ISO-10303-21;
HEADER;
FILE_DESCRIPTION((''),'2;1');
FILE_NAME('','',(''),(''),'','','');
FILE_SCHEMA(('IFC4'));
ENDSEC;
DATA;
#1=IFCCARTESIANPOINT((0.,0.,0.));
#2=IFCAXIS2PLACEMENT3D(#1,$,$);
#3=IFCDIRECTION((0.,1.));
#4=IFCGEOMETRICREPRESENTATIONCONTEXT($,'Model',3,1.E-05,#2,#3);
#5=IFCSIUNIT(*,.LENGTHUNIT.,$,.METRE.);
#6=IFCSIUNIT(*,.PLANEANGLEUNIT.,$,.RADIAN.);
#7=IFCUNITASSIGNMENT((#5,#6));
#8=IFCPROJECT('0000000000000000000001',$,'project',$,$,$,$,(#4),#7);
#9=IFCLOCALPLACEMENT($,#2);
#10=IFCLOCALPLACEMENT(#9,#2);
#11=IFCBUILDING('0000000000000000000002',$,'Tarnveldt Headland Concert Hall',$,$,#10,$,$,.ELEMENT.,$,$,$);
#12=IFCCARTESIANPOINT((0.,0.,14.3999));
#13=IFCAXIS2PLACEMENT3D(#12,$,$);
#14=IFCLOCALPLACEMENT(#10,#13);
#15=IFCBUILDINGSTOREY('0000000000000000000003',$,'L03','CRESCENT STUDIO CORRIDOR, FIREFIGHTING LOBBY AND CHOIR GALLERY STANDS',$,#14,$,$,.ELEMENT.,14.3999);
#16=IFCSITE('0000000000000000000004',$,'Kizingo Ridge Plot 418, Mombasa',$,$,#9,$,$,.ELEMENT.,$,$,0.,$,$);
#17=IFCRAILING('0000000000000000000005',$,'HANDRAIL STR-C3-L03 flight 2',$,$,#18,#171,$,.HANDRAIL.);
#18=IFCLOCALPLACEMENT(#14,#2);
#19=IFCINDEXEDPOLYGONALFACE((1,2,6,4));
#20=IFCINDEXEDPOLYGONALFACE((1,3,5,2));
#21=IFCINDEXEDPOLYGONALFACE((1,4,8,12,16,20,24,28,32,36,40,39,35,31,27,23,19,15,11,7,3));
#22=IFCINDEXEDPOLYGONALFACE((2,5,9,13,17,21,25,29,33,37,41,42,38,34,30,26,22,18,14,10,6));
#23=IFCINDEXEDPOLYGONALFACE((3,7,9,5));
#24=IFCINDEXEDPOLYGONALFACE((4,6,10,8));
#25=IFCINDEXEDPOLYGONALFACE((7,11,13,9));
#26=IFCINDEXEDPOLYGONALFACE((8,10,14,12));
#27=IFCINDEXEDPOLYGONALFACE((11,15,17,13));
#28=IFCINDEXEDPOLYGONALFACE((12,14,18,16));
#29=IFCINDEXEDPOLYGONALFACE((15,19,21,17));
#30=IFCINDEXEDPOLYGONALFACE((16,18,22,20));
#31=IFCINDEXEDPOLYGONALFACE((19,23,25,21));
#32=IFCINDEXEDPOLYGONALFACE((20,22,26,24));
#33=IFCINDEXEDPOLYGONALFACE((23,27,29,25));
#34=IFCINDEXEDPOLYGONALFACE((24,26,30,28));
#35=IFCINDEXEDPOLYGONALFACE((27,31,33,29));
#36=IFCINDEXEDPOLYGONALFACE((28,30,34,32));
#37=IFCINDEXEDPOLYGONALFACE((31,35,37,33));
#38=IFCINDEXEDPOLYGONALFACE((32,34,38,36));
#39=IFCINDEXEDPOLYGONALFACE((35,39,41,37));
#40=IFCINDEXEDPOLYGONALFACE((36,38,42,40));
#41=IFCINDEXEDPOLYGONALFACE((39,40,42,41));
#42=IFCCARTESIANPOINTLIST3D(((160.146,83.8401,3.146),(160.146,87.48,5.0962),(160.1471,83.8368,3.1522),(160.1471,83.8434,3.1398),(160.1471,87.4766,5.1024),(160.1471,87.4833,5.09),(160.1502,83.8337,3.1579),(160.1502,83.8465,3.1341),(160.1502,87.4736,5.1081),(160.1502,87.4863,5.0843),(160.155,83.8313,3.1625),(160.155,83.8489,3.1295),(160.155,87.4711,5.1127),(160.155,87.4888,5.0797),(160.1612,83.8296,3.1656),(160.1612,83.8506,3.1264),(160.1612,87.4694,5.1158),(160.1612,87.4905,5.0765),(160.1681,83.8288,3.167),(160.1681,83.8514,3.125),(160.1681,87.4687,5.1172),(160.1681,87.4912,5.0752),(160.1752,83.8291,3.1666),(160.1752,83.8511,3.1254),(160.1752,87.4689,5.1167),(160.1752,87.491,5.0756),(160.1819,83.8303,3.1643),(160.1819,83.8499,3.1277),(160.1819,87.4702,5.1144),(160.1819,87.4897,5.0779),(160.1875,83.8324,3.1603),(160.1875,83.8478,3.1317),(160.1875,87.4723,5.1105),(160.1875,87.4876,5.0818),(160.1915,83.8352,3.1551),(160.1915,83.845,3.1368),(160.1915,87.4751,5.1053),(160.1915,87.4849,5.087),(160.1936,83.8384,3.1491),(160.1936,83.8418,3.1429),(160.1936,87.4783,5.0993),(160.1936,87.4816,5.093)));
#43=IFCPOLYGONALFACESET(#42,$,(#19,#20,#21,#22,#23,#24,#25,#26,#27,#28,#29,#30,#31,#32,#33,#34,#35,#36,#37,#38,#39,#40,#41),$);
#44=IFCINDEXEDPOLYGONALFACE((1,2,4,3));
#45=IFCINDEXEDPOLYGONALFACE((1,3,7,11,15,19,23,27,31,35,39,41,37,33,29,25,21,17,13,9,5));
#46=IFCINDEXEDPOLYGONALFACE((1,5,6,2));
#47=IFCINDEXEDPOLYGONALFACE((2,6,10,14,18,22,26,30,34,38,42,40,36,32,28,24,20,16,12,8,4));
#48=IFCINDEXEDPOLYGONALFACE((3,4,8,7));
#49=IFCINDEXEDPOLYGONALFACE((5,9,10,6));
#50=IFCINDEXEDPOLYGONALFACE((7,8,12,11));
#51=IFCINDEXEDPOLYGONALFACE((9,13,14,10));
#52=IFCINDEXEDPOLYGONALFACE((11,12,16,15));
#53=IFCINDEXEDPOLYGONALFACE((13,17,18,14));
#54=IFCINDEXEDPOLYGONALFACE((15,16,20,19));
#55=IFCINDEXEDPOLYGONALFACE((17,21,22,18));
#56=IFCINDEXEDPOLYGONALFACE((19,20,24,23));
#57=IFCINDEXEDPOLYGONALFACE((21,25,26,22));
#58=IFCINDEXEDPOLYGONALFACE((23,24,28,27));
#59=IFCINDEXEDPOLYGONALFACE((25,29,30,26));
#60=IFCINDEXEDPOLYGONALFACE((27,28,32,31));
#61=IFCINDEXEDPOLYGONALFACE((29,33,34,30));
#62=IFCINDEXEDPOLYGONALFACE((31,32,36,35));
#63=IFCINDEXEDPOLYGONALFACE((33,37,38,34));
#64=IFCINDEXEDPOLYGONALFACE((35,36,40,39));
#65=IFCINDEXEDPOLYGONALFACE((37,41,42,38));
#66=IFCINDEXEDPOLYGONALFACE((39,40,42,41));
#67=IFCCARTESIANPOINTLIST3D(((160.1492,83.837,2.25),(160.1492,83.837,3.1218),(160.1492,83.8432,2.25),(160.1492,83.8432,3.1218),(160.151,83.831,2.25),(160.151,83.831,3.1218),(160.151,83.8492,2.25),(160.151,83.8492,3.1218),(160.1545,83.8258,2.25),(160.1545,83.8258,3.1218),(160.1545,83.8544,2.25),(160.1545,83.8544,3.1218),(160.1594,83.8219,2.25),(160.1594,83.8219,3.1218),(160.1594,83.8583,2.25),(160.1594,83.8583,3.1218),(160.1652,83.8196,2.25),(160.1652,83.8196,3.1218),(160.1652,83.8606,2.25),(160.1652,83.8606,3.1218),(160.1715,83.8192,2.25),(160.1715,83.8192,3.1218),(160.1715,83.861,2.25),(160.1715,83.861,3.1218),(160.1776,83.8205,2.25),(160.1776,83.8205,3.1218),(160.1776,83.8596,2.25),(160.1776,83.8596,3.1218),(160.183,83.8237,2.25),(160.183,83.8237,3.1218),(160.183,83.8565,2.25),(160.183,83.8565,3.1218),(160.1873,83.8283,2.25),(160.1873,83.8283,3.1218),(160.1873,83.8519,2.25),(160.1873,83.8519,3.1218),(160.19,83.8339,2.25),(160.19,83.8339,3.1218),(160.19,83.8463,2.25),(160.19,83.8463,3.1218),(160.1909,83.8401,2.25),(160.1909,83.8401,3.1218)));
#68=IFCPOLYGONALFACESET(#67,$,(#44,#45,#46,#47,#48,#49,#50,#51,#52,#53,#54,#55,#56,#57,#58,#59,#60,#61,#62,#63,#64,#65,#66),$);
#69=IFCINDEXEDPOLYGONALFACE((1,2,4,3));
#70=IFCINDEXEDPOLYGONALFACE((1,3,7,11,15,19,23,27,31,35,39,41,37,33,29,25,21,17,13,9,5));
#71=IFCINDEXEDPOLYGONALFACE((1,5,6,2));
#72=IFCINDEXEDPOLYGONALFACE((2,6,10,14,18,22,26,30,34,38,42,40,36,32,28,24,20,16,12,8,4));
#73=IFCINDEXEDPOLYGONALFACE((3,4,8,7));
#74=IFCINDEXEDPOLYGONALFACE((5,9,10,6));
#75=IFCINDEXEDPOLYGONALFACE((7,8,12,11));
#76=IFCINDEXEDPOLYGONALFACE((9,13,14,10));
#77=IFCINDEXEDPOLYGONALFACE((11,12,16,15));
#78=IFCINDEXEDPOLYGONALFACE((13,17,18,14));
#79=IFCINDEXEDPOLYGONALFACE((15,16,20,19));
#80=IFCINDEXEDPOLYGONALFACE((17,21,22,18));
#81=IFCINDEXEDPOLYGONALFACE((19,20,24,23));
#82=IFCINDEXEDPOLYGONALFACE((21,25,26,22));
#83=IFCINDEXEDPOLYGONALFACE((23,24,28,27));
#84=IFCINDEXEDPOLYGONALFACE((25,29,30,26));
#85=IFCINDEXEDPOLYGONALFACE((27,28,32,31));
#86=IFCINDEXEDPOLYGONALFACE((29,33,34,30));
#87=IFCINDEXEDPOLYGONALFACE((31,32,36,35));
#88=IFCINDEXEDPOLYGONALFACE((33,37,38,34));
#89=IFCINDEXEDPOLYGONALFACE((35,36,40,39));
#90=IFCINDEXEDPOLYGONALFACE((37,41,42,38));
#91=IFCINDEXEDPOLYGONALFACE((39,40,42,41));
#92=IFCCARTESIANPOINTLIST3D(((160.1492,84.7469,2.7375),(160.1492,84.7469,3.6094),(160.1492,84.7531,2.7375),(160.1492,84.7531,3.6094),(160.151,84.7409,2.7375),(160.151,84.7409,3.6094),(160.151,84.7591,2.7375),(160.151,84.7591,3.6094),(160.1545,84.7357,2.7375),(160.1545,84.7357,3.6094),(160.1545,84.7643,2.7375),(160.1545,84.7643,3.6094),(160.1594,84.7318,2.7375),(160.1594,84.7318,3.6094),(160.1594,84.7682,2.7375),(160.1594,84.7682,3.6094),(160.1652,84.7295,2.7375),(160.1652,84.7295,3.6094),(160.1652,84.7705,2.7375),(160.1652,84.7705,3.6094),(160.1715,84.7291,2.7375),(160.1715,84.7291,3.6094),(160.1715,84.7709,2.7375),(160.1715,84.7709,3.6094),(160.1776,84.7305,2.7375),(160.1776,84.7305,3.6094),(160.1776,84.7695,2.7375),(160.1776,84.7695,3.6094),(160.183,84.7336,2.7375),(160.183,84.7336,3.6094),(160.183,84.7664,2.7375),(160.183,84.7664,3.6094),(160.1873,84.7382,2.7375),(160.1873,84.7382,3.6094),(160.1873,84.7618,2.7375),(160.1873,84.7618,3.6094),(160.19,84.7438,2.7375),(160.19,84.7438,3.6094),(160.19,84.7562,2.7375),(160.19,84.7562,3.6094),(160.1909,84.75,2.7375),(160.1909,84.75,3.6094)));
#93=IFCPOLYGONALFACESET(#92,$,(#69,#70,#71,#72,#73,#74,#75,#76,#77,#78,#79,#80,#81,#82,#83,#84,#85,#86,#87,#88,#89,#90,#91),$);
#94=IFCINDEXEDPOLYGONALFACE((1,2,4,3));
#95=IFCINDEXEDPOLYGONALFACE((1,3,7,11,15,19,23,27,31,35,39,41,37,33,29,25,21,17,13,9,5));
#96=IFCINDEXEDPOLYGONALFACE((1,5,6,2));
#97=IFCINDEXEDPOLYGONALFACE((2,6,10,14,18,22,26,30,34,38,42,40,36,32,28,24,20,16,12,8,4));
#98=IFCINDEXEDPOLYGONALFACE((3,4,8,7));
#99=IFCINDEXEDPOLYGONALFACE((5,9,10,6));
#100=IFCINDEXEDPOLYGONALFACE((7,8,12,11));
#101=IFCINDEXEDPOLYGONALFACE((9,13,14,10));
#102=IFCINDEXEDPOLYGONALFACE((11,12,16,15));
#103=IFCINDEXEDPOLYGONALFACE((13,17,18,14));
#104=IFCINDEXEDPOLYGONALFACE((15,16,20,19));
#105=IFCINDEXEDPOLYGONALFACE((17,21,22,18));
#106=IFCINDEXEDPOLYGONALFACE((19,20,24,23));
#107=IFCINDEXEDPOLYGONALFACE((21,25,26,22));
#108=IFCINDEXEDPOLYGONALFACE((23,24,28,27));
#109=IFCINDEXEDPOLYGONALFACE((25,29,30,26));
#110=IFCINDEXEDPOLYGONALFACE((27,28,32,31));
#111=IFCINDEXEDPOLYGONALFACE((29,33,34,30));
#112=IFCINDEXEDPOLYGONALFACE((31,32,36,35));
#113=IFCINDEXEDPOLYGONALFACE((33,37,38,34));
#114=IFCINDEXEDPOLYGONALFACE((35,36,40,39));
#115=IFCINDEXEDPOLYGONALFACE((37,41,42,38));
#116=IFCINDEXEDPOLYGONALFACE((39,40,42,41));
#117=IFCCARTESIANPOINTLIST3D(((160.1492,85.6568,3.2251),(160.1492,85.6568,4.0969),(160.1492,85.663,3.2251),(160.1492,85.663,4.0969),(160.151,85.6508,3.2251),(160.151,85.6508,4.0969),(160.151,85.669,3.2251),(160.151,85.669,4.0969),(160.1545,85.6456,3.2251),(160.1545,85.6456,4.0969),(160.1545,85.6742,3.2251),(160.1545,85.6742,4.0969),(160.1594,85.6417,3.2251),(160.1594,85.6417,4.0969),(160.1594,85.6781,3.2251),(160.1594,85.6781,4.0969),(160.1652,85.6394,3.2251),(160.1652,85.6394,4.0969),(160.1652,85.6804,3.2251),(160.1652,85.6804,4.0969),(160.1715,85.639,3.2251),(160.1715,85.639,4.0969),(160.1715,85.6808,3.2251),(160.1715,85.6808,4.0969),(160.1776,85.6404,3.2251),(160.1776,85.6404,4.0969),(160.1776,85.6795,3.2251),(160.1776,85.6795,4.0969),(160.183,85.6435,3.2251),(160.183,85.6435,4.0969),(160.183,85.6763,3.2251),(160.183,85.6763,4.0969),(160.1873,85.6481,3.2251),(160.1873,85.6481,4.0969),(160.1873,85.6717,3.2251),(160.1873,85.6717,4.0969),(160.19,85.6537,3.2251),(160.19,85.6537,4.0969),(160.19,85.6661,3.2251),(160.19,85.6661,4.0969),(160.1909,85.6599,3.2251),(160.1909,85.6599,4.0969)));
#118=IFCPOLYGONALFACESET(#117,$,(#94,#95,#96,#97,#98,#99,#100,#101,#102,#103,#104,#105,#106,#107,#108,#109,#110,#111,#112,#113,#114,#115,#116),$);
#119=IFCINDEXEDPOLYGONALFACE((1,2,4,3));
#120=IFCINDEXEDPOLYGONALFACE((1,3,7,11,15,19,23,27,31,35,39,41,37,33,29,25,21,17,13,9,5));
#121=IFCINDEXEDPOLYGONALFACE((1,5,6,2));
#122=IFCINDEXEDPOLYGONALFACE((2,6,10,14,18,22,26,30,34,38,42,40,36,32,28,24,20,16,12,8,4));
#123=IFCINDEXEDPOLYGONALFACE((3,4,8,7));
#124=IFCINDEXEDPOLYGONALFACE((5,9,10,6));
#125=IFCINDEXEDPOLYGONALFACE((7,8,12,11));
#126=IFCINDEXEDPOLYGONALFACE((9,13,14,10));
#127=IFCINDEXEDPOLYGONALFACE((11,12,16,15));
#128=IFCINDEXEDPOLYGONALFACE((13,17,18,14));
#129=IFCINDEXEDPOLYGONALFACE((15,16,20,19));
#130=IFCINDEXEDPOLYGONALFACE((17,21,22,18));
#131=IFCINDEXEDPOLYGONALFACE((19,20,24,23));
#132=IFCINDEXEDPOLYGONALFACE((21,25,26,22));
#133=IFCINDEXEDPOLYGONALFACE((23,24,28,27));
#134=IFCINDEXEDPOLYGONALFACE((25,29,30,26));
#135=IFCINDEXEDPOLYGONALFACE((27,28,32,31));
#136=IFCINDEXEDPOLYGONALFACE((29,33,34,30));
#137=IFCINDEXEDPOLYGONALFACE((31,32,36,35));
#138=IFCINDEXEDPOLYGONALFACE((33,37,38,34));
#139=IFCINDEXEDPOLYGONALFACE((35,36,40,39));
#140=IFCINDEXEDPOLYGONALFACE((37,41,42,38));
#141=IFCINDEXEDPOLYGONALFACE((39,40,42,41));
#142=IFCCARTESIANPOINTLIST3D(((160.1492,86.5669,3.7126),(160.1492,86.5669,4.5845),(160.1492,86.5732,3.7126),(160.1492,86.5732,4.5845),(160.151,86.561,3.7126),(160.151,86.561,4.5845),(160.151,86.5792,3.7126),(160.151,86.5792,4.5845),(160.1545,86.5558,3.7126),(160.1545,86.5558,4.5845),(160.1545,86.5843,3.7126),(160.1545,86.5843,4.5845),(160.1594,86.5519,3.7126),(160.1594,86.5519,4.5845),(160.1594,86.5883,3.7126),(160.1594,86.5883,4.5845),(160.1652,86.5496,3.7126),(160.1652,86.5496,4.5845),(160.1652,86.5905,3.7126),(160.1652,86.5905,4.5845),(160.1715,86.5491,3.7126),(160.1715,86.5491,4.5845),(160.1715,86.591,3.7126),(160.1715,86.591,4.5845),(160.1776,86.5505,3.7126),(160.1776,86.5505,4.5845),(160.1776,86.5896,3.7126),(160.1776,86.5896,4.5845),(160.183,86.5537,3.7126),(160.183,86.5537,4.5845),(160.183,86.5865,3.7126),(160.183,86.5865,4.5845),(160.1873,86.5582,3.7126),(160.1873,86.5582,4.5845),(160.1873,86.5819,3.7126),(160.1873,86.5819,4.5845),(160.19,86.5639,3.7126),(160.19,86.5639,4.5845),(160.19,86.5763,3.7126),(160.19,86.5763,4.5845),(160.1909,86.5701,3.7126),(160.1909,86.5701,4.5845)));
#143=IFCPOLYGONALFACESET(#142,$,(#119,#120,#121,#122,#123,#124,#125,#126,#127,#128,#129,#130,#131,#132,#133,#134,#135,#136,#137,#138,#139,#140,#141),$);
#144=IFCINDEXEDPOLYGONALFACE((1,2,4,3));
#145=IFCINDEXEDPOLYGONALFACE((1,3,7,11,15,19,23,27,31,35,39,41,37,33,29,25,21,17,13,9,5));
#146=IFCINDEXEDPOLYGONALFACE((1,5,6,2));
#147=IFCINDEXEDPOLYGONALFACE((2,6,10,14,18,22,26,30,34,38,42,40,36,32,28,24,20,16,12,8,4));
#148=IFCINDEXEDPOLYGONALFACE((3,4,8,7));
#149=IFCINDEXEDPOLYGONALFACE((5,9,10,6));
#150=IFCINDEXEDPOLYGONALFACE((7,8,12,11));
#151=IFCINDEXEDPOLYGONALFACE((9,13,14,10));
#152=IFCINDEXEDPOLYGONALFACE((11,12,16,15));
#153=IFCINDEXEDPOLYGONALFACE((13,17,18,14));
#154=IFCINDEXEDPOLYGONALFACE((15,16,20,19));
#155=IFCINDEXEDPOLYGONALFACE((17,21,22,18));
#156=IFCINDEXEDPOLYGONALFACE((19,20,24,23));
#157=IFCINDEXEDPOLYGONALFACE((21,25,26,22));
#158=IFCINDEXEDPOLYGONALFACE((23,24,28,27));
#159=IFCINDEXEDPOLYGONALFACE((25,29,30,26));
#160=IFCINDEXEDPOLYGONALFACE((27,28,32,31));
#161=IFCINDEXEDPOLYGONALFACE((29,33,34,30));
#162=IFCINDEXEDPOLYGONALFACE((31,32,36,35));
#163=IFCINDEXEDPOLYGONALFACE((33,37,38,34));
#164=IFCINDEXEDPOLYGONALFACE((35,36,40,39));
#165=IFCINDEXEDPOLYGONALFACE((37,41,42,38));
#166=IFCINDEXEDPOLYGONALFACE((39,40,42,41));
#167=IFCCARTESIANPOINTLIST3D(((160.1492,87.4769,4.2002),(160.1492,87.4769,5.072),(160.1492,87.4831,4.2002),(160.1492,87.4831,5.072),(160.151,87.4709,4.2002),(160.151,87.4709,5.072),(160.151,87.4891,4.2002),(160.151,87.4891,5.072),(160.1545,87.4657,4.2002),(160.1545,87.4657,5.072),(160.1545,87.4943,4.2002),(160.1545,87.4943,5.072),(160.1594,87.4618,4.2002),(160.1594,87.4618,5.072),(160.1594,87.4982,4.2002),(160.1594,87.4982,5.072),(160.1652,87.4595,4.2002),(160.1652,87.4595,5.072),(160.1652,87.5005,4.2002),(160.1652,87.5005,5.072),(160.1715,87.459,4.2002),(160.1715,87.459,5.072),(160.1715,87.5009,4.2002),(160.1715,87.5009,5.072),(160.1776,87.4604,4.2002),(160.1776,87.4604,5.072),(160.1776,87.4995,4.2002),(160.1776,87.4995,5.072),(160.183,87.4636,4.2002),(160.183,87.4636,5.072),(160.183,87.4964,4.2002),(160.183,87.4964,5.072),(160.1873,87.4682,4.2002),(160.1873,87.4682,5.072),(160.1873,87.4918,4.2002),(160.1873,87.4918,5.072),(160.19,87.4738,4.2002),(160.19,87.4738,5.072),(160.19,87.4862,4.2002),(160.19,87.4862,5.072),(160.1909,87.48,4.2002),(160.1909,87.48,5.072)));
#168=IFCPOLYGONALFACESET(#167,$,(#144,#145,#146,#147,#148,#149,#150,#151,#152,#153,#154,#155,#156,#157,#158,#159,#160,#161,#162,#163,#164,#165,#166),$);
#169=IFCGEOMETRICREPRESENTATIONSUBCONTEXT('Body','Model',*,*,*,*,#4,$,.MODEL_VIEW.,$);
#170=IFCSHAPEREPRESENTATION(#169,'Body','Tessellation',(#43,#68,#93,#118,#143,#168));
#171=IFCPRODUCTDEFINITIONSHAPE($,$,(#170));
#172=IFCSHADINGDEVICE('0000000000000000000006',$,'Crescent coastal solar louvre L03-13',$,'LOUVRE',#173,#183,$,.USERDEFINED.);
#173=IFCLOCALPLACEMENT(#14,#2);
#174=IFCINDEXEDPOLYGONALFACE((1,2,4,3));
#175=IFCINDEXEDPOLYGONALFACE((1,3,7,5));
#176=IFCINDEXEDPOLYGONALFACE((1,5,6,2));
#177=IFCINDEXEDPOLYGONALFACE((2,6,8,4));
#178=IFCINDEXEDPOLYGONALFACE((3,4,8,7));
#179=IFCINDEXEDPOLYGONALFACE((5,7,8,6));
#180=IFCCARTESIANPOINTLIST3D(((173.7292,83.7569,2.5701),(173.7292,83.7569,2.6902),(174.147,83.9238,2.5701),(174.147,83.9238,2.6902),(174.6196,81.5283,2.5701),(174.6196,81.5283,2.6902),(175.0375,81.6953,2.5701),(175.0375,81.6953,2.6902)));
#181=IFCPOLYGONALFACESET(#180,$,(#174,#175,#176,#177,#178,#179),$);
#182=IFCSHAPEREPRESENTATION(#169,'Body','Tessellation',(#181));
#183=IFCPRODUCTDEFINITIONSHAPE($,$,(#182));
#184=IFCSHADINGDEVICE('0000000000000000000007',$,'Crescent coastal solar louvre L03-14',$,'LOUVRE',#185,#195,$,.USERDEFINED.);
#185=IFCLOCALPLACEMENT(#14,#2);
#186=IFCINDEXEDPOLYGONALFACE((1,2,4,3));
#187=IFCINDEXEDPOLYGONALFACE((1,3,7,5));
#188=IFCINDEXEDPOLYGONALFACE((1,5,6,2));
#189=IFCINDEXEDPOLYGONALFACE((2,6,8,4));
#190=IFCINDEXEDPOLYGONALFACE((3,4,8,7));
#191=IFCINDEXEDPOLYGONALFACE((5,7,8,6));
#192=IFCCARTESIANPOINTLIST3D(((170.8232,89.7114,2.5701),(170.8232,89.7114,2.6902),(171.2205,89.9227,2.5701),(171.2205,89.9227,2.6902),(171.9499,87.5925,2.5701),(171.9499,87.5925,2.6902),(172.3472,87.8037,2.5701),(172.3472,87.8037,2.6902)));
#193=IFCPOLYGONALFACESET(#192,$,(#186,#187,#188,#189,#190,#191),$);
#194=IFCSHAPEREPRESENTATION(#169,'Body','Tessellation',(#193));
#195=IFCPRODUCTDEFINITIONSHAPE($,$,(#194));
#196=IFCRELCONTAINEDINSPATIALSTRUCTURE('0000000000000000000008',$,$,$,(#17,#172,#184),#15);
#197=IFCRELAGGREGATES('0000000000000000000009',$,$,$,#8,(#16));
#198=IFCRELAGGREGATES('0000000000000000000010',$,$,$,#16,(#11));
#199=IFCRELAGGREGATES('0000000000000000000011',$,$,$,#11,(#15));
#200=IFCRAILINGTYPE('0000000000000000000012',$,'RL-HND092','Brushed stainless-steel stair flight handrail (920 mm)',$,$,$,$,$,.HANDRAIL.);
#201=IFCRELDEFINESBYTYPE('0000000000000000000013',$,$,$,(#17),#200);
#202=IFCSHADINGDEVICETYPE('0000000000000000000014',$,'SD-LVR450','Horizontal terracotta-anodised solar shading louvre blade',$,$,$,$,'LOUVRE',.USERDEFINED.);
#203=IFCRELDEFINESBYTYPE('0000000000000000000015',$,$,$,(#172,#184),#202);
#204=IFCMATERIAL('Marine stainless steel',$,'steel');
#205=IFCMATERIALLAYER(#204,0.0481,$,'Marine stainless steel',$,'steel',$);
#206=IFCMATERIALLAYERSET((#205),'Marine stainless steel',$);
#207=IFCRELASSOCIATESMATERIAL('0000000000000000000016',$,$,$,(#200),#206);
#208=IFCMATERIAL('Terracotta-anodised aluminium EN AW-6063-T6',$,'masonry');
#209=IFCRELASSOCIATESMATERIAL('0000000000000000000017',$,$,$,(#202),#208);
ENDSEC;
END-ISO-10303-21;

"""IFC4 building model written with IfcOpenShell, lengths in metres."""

from ifc_helpers import new_model, si_unit, direction, frame, origin, origin_2d, place, context, subcontext, project, spatial, rectangle, circle, extrude, material, layer, layer_set, type_object, element, save


model = new_model("IFC4")

# Units and contexts
model_context = context("Model", 3, precision=1e-05, world=origin(), true_north=direction((0.0, 1.0)))
body_context = subcontext(model_context, "Body", "Model", "MODEL_VIEW")
ifc_project = project(units=[si_unit("LENGTHUNIT", "METRE"), si_unit("PLANEANGLEUNIT", "RADIAN")], contexts=[model_context])

# Site, building, storey
site_placement = place(None, origin())
site = spatial("IfcSite", under=ifc_project, at=site_placement, Name="Kizingo Ridge Plot 418, Mombasa", CompositionType="ELEMENT", RefElevation=0.0)
building_placement = place(site_placement, origin())
building = spatial("IfcBuilding", under=site, at=building_placement, Name="Tarnveldt Headland Concert Hall", CompositionType="ELEMENT")
storey_placement = place(building_placement, frame((0.0, 0.0, 14.3999)))
storey = spatial("IfcBuildingStorey", under=building, at=storey_placement, Name="L03", Description="CRESCENT STUDIO CORRIDOR, FIREFIGHTING LOBBY AND CHOIR GALLERY STANDS", CompositionType="ELEMENT", Elevation=14.3999)

# Railing
ifc_material_1 = material(Name="Marine stainless steel", Category="steel")
ifc_layer_1 = layer(ifc_material_1, 0.0481, Name="Marine stainless steel", Category="steel")
ifc_layer_set_1 = layer_set([ifc_layer_1], Name="Marine stainless steel")
railing_type_1 = type_object("IfcRailingType", Name="RL-HND092", Description="Brushed stainless-steel stair flight handrail (920 mm)", PredefinedType="HANDRAIL", material=ifc_layer_set_1)
railing_1_placement = place(storey_placement, frame((160.1699, 83.8401, 2.25)))
element("IfcRailing", 1, at=railing_1_placement, inside=storey, type_object=railing_type_1, Name="HANDRAIL STR-C3-L03 flight 2", PredefinedType="HANDRAIL", context=body_context, shape_type="SweptSolid", body=[
    extrude(circle(Radius=0.0239, at=origin_2d()), frame((0.0, 0.0, 0.896), z_axis=(0.0, 0.881454, 0.472269), x_axis=(-1.0, 0.0, 0.0)), (0.0, 0.0, 1.0), 4.1294),
    extrude(circle(Radius=0.021, at=origin_2d()), origin(), (0.0, 0.0, 1.0), 0.8718),
    extrude(circle(Radius=0.021, at=origin_2d()), frame((0.0, 0.9099, 0.4875)), (0.0, 0.0, 1.0), 0.8718),
    extrude(circle(Radius=0.021, at=origin_2d()), frame((0.0, 1.8198, 0.9751)), (0.0, 0.0, 1.0), 0.8718),
    extrude(circle(Radius=0.021, at=origin_2d()), frame((0.0, 2.73, 1.4626)), (0.0, 0.0, 1.0), 0.8718),
    extrude(circle(Radius=0.021, at=origin_2d()), frame((0.0, 3.6399, 1.9502)), (0.0, 0.0, 1.0), 0.8718),
])

# Shading devices
ifc_material_2 = material(Name="Terracotta-anodised aluminium EN AW-6063-T6", Category="masonry")
shading_device_type = type_object("IfcShadingDeviceType", Name="SD-LVR450", Description="Horizontal terracotta-anodised solar shading louvre blade", ElementType="LOUVRE", PredefinedType="USERDEFINED", material=ifc_material_2)
for number, where, z_axis, x_axis, name in (
    (2, (174.3833, 82.7261, 2.5701), (0.0, 0.0, 1.0), (0.928615, 0.371044, 0.0), "Crescent coastal solar louvre L03-13"),
    (3, (171.5852, 88.7576, 2.5701), (0.0, 0.0, 1.0), (0.882948, 0.469472, 0.0), "Crescent coastal solar louvre L03-14"),
):
    element("IfcShadingDevice", number, at=place(storey_placement, frame(where, z_axis=z_axis, x_axis=x_axis)), inside=storey, type_object=shading_device_type, Name=name, ObjectType="LOUVRE", PredefinedType="USERDEFINED", context=body_context, shape_type="SweptSolid", body=[
        extrude(rectangle(XDim=0.45, YDim=2.3999, at=origin_2d()), origin(), (0.0, 0.0, 1.0), 0.1201),
    ])

save(model, "model.ifc")
